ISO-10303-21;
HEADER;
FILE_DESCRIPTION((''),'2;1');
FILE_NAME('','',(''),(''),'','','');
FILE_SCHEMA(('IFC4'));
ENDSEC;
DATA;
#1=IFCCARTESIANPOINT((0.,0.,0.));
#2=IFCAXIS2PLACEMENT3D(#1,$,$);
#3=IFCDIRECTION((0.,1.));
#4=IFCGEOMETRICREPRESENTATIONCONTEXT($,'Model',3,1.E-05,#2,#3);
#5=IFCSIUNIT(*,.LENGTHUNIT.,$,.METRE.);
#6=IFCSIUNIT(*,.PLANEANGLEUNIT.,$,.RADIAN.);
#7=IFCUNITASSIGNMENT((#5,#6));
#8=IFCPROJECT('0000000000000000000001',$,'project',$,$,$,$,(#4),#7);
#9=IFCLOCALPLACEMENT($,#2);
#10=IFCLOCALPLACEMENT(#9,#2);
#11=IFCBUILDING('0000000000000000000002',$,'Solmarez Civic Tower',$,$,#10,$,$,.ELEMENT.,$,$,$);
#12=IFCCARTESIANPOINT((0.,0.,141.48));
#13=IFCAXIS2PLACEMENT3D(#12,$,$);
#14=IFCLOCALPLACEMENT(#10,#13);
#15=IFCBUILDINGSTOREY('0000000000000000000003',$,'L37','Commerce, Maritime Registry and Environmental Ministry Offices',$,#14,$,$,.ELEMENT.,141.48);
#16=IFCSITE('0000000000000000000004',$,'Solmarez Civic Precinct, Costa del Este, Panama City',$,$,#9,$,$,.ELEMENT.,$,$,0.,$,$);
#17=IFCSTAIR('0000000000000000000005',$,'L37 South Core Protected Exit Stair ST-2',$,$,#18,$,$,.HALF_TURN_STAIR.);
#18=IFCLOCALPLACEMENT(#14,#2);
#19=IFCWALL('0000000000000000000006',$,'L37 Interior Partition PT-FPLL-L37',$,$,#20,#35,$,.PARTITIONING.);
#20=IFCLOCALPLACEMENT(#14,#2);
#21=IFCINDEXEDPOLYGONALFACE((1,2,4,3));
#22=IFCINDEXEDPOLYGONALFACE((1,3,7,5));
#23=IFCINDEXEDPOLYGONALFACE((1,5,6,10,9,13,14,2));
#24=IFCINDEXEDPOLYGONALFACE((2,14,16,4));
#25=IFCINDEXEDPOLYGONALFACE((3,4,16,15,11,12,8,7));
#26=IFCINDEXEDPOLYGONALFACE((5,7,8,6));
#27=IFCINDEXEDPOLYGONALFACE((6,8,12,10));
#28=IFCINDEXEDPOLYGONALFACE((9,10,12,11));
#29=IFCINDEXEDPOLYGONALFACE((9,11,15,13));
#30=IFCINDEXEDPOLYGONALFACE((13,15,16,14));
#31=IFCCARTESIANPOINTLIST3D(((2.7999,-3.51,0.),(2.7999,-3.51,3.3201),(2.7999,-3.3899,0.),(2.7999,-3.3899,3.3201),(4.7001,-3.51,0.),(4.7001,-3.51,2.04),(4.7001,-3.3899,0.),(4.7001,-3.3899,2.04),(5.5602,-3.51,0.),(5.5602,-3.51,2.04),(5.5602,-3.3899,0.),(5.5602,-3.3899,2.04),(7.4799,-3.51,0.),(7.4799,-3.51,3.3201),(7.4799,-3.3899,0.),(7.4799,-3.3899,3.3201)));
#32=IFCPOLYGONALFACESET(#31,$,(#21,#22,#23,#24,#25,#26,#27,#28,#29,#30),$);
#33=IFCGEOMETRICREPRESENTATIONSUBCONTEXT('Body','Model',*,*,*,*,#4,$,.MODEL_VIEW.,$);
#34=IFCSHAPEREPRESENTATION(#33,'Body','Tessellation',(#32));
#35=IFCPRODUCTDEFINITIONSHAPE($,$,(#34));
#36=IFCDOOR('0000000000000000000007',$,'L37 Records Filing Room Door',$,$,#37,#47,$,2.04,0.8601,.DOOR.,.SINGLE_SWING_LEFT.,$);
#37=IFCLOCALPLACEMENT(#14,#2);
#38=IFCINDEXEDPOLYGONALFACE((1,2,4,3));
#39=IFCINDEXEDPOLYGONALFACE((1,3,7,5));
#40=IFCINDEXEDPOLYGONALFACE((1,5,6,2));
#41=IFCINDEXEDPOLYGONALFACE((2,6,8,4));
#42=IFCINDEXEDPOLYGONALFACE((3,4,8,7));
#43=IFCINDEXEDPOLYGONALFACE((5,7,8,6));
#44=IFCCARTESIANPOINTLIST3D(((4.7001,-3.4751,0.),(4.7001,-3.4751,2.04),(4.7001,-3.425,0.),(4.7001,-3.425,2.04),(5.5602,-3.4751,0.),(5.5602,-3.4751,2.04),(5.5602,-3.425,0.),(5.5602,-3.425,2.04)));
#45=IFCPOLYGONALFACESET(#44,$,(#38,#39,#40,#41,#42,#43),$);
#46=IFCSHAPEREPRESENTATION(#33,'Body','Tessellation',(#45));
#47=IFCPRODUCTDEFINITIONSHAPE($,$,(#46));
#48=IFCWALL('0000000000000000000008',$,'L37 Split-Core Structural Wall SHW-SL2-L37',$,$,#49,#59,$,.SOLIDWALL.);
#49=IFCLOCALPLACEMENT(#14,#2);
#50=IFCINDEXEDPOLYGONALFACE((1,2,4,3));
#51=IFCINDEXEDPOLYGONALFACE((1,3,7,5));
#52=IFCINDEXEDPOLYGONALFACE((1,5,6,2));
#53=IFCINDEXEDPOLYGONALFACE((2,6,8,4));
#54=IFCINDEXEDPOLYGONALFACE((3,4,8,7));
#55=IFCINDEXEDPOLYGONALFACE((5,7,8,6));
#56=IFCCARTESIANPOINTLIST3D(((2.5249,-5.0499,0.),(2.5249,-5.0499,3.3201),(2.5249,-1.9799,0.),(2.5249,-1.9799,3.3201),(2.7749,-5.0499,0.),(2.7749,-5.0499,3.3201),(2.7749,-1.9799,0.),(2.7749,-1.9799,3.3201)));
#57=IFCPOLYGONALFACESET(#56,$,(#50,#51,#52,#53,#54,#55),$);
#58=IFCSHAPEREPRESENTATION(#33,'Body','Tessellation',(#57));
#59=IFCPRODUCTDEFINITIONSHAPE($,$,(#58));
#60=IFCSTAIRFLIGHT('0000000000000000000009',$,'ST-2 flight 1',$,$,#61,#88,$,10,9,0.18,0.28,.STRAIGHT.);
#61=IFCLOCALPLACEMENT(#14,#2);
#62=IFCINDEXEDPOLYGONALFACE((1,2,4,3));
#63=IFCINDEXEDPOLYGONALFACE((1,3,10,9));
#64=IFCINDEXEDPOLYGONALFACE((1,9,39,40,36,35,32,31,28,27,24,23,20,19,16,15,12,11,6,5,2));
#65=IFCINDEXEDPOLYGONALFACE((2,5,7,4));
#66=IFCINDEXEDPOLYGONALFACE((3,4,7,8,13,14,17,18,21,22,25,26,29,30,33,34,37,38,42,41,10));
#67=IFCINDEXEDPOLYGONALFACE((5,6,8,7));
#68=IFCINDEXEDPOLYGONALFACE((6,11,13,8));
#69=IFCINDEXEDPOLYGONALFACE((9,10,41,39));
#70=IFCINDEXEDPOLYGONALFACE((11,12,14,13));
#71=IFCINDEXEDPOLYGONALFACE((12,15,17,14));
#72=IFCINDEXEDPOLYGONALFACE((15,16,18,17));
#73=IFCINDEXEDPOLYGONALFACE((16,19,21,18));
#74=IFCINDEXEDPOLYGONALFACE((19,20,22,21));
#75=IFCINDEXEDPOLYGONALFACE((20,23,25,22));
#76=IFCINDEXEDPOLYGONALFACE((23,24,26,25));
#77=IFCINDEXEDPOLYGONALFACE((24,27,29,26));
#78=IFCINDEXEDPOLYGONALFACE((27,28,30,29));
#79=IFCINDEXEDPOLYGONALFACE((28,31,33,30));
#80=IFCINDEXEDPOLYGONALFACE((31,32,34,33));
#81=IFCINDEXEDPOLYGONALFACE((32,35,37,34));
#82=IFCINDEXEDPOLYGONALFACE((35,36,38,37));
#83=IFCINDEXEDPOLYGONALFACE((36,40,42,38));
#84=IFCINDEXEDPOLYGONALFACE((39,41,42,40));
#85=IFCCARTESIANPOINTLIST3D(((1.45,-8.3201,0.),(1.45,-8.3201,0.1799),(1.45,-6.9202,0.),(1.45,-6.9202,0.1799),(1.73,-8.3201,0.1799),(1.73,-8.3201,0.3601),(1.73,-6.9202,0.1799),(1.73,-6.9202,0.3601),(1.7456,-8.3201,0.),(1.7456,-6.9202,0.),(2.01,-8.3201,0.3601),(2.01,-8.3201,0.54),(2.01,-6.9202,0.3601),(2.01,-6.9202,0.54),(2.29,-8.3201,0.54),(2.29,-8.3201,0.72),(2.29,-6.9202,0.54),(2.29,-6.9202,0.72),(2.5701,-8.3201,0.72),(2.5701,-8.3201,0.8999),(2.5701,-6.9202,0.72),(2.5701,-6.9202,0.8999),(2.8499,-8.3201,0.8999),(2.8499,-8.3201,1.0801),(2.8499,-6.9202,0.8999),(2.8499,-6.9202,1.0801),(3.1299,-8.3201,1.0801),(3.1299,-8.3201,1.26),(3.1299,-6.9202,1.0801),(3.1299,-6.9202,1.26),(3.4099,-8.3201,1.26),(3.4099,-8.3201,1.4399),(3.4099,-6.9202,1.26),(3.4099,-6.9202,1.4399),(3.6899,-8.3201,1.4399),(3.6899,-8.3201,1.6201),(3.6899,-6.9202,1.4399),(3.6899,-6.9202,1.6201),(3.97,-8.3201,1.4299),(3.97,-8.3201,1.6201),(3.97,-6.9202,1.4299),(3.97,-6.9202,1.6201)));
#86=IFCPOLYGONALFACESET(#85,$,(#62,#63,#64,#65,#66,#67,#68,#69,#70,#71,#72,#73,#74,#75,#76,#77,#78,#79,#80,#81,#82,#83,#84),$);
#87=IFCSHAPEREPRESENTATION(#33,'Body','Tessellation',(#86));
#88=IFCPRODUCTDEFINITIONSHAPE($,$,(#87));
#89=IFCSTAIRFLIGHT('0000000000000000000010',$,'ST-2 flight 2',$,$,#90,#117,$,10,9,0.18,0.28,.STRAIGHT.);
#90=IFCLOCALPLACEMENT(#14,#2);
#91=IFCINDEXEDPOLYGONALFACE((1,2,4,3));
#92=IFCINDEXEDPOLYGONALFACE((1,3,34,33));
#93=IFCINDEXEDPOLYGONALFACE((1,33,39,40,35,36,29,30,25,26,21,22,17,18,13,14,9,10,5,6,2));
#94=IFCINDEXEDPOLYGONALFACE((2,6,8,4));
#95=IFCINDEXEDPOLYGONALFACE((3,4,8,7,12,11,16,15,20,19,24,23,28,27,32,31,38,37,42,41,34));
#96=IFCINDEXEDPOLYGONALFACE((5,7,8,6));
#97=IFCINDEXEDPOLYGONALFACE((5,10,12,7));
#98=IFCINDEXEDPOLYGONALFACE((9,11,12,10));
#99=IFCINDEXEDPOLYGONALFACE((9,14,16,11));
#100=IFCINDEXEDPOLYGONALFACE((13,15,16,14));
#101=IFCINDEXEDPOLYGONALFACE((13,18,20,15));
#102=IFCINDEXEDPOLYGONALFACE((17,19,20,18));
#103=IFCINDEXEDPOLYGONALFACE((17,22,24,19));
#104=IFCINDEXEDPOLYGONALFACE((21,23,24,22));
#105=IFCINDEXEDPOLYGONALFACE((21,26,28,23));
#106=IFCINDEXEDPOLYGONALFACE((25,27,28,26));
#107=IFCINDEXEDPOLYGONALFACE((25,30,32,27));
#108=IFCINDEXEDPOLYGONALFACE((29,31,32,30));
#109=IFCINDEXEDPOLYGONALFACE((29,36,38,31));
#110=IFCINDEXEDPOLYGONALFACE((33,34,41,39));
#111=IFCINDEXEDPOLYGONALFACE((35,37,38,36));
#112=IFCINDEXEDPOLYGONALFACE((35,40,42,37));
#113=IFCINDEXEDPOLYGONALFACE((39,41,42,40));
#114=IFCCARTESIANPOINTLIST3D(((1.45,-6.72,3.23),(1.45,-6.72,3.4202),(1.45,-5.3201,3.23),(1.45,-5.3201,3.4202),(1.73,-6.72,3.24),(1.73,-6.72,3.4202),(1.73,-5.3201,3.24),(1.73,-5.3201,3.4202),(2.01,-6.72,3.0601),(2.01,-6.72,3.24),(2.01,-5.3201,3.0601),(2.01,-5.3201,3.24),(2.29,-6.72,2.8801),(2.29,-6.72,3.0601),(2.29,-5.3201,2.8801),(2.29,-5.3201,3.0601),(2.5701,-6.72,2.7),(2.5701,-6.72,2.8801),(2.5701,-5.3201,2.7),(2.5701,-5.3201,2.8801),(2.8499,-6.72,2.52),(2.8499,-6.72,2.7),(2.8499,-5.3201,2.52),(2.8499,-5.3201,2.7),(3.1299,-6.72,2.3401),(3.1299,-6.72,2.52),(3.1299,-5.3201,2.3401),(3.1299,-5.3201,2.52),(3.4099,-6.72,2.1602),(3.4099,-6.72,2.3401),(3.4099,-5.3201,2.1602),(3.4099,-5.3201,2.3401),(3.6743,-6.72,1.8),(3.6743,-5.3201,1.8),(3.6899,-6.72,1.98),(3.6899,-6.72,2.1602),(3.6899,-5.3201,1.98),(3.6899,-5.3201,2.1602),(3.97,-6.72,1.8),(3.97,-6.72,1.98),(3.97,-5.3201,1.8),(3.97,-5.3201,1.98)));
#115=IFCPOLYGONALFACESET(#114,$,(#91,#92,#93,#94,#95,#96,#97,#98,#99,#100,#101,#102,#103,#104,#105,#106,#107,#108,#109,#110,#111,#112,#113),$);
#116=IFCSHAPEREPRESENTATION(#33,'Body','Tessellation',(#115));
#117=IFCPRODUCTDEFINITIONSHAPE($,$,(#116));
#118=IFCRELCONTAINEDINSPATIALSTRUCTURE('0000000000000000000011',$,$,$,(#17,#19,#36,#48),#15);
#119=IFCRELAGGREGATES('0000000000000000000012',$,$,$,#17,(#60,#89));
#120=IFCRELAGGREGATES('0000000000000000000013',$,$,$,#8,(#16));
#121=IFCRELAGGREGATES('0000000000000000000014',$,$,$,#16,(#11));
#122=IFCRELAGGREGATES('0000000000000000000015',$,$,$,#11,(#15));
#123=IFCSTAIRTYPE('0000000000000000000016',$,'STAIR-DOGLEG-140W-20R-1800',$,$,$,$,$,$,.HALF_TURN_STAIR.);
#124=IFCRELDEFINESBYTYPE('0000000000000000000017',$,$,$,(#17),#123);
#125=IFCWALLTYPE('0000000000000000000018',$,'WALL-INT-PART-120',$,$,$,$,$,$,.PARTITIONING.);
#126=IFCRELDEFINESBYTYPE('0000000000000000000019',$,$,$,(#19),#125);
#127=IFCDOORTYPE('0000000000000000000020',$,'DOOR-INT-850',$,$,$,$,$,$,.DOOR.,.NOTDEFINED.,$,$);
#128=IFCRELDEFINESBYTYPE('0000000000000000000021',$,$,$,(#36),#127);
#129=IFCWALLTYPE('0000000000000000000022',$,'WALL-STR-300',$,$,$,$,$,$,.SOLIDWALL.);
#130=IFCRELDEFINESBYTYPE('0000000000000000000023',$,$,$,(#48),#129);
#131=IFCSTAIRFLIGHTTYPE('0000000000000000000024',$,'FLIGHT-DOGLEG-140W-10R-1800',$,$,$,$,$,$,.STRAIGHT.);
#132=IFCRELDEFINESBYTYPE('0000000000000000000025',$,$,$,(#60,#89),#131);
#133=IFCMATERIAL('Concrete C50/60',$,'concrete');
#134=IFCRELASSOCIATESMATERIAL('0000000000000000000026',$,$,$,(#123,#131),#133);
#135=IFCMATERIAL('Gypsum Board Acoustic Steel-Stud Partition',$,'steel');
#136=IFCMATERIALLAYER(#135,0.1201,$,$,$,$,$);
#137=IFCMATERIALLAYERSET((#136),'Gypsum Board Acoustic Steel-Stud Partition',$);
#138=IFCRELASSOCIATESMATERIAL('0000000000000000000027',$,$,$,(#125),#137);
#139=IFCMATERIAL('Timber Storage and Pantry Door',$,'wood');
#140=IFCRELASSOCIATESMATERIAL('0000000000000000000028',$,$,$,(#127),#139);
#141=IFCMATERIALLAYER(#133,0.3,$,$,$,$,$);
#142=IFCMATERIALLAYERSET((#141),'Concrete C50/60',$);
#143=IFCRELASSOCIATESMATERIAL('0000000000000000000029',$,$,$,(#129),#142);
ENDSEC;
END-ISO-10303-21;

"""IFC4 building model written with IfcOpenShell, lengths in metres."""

from ifc_helpers import new_model, si_unit, direction, frame, frame_2d, origin, place, context, subcontext, project, spatial, polyline, rectangle, outline, extrude, material, layer, layer_set, type_object, element, fill, aggregate, save


model = new_model("IFC4")

# Units and contexts
model_context = context("Model", 3, precision=1e-05, world=origin(), true_north=direction((0.0, 1.0)))
body_context = subcontext(model_context, "Body", "Model", "MODEL_VIEW")
ifc_project = project(units=[si_unit("LENGTHUNIT", "METRE"), si_unit("PLANEANGLEUNIT", "RADIAN")], contexts=[model_context])

# Site, building, storey
site_placement = place(None, origin())
site = spatial("IfcSite", under=ifc_project, at=site_placement, Name="Solmarez Civic Precinct, Costa del Este, Panama City", CompositionType="ELEMENT", RefElevation=0.0)
building_placement = place(site_placement, origin())
building = spatial("IfcBuilding", under=site, at=building_placement, Name="Solmarez Civic Tower", CompositionType="ELEMENT")
storey_placement = place(building_placement, frame((0.0, 0.0, 141.48)))
storey = spatial("IfcBuildingStorey", under=building, at=storey_placement, Name="L37", Description="Commerce, Maritime Registry and Environmental Ministry Offices", CompositionType="ELEMENT", Elevation=141.48)

# Shared definitions
ifc_material_1 = material(Name="Concrete C50/60", Category="concrete")

# Stair
stair_type = type_object("IfcStairType", Name="STAIR-DOGLEG-140W-20R-1800", PredefinedType="HALF_TURN_STAIR", material=ifc_material_1)
stair_1_placement = place(storey_placement, origin())
stair_1 = element("IfcStair", 1, at=stair_1_placement, inside=storey, type_object=stair_type, Name="L37 South Core Protected Exit Stair ST-2", PredefinedType="HALF_TURN_STAIR")

# Wall, opening, door
ifc_material_2 = material(Name="Gypsum Board Acoustic Steel-Stud Partition", Category="steel")
ifc_layer_1 = layer(ifc_material_2, 0.1201)
ifc_layer_set_1 = layer_set([ifc_layer_1], Name="Gypsum Board Acoustic Steel-Stud Partition")
wall_type_1 = type_object("IfcWallType", Name="WALL-INT-PART-120", PredefinedType="PARTITIONING", material=ifc_layer_set_1)
wall_1_placement = place(storey_placement, frame((2.8, -3.45, 0.0), z_axis=(0.0, 0.0, 1.0), x_axis=(1.0, 0.0, 0.0)))
wall_1 = element("IfcWall", 2, at=wall_1_placement, inside=storey, type_object=wall_type_1, Name="L37 Interior Partition PT-FPLL-L37", PredefinedType="PARTITIONING", context=body_context, shape_type="SweptSolid", body=[
    extrude(rectangle(XDim=4.6799, YDim=0.1201, at=frame_2d((2.3398, 0.0))), origin(), (0.0, 0.0, 1.0), 3.3201),
])
opening_placement = place(wall_1_placement, frame((1.8999, 0.0, 0.0)))
opening = element("IfcOpeningElement", 3, at=opening_placement, cuts=wall_1, PredefinedType="OPENING", context=body_context, shape_type="SweptSolid", body=[
    extrude(rectangle(XDim=0.8601, YDim=2.04, at=frame_2d((0.4302, 1.02))), frame((0.0, 0.0701, 0.0), z_axis=(0.0, -1.0, 0.0), x_axis=(1.0, 0.0, 0.0)), (0.0, 0.0, 1.0), 0.1401),
])
ifc_material_3 = material(Name="Timber Storage and Pantry Door", Category="wood")
door_type = type_object("IfcDoorType", Name="DOOR-INT-850", OperationType="NOTDEFINED", PredefinedType="DOOR", material=ifc_material_3)
door_placement = place(opening_placement, origin())
door = element("IfcDoor", 4, at=door_placement, inside=storey, type_object=door_type, Name="L37 Records Filing Room Door", OperationType="SINGLE_SWING_LEFT", OverallHeight=2.04, OverallWidth=0.8601, PredefinedType="DOOR", context=body_context, shape_type="SweptSolid", body=[
    extrude(rectangle(XDim=0.8601, YDim=2.04, at=frame_2d((0.4302, 1.02))), frame((0.0, 0.0249, 0.0), z_axis=(0.0, -1.0, 0.0), x_axis=(1.0, 0.0, 0.0)), (0.0, 0.0, 1.0), 0.05),
])
fill(opening, door)

# Wall
ifc_layer_2 = layer(ifc_material_1, 0.3)
ifc_layer_set_2 = layer_set([ifc_layer_2], Name="Concrete C50/60")
wall_type_2 = type_object("IfcWallType", Name="WALL-STR-300", PredefinedType="SOLIDWALL", material=ifc_layer_set_2)
wall_2_placement = place(storey_placement, frame((2.6499, -5.05, 0.0), z_axis=(0.0, 0.0, 1.0), x_axis=(0.0, 1.0, 0.0)))
element("IfcWall", 5, at=wall_2_placement, inside=storey, type_object=wall_type_2, Name="L37 Split-Core Structural Wall SHW-SL2-L37", PredefinedType="SOLIDWALL", context=body_context, shape_type="SweptSolid", body=[
    extrude(rectangle(XDim=3.0701, YDim=0.25, at=frame_2d((1.5352, 0.0))), origin(), (0.0, 0.0, 1.0), 3.3201),
])

# Stair flights
stair_flight_type = type_object("IfcStairFlightType", Name="FLIGHT-DOGLEG-140W-10R-1800", PredefinedType="STRAIGHT", material=ifc_material_1)
stair_flight_1_placement = place(storey_placement, frame((1.45, -7.6201, 0.0), z_axis=(0.0, 0.0, 1.0), x_axis=(1.0, 0.0, 0.0)))
stair_flight_1 = element("IfcStairFlight", 6, at=stair_flight_1_placement, type_object=stair_flight_type, Name="ST-2 flight 1", NumberOfRisers=10, NumberOfTreads=9, PredefinedType="STRAIGHT", RiserHeight=0.18, TreadLength=0.28, context=body_context, shape_type="SweptSolid", body=[
    extrude(outline(polyline([(0.0, 0.0), (0.0, 0.1799), (0.28, 0.1799), (0.28, 0.3601), (0.5601, 0.3601), (0.5601, 0.54), (0.8401, 0.54), (0.8401, 0.72), (1.1201, 0.72), (1.1201, 0.8999), (1.3999, 0.8999), (1.3999, 1.0801), (1.6799, 1.0801), (1.6799, 1.26), (1.96, 1.26), (1.96, 1.4399), (2.24, 1.4399), (2.24, 1.6201), (2.52, 1.6201), (2.52, 1.8), (2.52, 1.4299), (0.2957, 0.0), (0.0, 0.0)])), frame((0.0, 0.7, 0.0), z_axis=(0.0, -1.0, 0.0), x_axis=(1.0, 0.0, 0.0)), (0.0, 0.0, 1.0), 1.3999),
])
stair_flight_2_placement = place(storey_placement, frame((3.97, -6.02, 1.8), z_axis=(0.0, 0.0, 1.0), x_axis=(-1.0, 0.0, 0.0)))
stair_flight_2 = element("IfcStairFlight", 7, at=stair_flight_2_placement, type_object=stair_flight_type, Name="ST-2 flight 2", NumberOfRisers=10, NumberOfTreads=9, PredefinedType="STRAIGHT", RiserHeight=0.18, TreadLength=0.28, context=body_context, shape_type="SweptSolid", body=[
    extrude(outline(polyline([(0.0, 0.0), (0.0, 0.1799), (0.28, 0.1799), (0.28, 0.3601), (0.5601, 0.3601), (0.5601, 0.54), (0.8401, 0.54), (0.8401, 0.72), (1.1201, 0.72), (1.1201, 0.8999), (1.3999, 0.8999), (1.3999, 1.0801), (1.6799, 1.0801), (1.6799, 1.26), (1.96, 1.26), (1.96, 1.4399), (2.24, 1.4399), (2.24, 1.6201), (2.52, 1.6201), (2.52, 1.8), (2.52, 1.4299), (0.2957, 0.0), (0.0, 0.0)])), frame((0.0, 0.7, 0.0), z_axis=(0.0, -1.0, 0.0), x_axis=(1.0, 0.0, 0.0)), (0.0, 0.0, 1.0), 1.3999),
])
aggregate(stair_1, [stair_flight_1, stair_flight_2])

save(model, "model.ifc")
